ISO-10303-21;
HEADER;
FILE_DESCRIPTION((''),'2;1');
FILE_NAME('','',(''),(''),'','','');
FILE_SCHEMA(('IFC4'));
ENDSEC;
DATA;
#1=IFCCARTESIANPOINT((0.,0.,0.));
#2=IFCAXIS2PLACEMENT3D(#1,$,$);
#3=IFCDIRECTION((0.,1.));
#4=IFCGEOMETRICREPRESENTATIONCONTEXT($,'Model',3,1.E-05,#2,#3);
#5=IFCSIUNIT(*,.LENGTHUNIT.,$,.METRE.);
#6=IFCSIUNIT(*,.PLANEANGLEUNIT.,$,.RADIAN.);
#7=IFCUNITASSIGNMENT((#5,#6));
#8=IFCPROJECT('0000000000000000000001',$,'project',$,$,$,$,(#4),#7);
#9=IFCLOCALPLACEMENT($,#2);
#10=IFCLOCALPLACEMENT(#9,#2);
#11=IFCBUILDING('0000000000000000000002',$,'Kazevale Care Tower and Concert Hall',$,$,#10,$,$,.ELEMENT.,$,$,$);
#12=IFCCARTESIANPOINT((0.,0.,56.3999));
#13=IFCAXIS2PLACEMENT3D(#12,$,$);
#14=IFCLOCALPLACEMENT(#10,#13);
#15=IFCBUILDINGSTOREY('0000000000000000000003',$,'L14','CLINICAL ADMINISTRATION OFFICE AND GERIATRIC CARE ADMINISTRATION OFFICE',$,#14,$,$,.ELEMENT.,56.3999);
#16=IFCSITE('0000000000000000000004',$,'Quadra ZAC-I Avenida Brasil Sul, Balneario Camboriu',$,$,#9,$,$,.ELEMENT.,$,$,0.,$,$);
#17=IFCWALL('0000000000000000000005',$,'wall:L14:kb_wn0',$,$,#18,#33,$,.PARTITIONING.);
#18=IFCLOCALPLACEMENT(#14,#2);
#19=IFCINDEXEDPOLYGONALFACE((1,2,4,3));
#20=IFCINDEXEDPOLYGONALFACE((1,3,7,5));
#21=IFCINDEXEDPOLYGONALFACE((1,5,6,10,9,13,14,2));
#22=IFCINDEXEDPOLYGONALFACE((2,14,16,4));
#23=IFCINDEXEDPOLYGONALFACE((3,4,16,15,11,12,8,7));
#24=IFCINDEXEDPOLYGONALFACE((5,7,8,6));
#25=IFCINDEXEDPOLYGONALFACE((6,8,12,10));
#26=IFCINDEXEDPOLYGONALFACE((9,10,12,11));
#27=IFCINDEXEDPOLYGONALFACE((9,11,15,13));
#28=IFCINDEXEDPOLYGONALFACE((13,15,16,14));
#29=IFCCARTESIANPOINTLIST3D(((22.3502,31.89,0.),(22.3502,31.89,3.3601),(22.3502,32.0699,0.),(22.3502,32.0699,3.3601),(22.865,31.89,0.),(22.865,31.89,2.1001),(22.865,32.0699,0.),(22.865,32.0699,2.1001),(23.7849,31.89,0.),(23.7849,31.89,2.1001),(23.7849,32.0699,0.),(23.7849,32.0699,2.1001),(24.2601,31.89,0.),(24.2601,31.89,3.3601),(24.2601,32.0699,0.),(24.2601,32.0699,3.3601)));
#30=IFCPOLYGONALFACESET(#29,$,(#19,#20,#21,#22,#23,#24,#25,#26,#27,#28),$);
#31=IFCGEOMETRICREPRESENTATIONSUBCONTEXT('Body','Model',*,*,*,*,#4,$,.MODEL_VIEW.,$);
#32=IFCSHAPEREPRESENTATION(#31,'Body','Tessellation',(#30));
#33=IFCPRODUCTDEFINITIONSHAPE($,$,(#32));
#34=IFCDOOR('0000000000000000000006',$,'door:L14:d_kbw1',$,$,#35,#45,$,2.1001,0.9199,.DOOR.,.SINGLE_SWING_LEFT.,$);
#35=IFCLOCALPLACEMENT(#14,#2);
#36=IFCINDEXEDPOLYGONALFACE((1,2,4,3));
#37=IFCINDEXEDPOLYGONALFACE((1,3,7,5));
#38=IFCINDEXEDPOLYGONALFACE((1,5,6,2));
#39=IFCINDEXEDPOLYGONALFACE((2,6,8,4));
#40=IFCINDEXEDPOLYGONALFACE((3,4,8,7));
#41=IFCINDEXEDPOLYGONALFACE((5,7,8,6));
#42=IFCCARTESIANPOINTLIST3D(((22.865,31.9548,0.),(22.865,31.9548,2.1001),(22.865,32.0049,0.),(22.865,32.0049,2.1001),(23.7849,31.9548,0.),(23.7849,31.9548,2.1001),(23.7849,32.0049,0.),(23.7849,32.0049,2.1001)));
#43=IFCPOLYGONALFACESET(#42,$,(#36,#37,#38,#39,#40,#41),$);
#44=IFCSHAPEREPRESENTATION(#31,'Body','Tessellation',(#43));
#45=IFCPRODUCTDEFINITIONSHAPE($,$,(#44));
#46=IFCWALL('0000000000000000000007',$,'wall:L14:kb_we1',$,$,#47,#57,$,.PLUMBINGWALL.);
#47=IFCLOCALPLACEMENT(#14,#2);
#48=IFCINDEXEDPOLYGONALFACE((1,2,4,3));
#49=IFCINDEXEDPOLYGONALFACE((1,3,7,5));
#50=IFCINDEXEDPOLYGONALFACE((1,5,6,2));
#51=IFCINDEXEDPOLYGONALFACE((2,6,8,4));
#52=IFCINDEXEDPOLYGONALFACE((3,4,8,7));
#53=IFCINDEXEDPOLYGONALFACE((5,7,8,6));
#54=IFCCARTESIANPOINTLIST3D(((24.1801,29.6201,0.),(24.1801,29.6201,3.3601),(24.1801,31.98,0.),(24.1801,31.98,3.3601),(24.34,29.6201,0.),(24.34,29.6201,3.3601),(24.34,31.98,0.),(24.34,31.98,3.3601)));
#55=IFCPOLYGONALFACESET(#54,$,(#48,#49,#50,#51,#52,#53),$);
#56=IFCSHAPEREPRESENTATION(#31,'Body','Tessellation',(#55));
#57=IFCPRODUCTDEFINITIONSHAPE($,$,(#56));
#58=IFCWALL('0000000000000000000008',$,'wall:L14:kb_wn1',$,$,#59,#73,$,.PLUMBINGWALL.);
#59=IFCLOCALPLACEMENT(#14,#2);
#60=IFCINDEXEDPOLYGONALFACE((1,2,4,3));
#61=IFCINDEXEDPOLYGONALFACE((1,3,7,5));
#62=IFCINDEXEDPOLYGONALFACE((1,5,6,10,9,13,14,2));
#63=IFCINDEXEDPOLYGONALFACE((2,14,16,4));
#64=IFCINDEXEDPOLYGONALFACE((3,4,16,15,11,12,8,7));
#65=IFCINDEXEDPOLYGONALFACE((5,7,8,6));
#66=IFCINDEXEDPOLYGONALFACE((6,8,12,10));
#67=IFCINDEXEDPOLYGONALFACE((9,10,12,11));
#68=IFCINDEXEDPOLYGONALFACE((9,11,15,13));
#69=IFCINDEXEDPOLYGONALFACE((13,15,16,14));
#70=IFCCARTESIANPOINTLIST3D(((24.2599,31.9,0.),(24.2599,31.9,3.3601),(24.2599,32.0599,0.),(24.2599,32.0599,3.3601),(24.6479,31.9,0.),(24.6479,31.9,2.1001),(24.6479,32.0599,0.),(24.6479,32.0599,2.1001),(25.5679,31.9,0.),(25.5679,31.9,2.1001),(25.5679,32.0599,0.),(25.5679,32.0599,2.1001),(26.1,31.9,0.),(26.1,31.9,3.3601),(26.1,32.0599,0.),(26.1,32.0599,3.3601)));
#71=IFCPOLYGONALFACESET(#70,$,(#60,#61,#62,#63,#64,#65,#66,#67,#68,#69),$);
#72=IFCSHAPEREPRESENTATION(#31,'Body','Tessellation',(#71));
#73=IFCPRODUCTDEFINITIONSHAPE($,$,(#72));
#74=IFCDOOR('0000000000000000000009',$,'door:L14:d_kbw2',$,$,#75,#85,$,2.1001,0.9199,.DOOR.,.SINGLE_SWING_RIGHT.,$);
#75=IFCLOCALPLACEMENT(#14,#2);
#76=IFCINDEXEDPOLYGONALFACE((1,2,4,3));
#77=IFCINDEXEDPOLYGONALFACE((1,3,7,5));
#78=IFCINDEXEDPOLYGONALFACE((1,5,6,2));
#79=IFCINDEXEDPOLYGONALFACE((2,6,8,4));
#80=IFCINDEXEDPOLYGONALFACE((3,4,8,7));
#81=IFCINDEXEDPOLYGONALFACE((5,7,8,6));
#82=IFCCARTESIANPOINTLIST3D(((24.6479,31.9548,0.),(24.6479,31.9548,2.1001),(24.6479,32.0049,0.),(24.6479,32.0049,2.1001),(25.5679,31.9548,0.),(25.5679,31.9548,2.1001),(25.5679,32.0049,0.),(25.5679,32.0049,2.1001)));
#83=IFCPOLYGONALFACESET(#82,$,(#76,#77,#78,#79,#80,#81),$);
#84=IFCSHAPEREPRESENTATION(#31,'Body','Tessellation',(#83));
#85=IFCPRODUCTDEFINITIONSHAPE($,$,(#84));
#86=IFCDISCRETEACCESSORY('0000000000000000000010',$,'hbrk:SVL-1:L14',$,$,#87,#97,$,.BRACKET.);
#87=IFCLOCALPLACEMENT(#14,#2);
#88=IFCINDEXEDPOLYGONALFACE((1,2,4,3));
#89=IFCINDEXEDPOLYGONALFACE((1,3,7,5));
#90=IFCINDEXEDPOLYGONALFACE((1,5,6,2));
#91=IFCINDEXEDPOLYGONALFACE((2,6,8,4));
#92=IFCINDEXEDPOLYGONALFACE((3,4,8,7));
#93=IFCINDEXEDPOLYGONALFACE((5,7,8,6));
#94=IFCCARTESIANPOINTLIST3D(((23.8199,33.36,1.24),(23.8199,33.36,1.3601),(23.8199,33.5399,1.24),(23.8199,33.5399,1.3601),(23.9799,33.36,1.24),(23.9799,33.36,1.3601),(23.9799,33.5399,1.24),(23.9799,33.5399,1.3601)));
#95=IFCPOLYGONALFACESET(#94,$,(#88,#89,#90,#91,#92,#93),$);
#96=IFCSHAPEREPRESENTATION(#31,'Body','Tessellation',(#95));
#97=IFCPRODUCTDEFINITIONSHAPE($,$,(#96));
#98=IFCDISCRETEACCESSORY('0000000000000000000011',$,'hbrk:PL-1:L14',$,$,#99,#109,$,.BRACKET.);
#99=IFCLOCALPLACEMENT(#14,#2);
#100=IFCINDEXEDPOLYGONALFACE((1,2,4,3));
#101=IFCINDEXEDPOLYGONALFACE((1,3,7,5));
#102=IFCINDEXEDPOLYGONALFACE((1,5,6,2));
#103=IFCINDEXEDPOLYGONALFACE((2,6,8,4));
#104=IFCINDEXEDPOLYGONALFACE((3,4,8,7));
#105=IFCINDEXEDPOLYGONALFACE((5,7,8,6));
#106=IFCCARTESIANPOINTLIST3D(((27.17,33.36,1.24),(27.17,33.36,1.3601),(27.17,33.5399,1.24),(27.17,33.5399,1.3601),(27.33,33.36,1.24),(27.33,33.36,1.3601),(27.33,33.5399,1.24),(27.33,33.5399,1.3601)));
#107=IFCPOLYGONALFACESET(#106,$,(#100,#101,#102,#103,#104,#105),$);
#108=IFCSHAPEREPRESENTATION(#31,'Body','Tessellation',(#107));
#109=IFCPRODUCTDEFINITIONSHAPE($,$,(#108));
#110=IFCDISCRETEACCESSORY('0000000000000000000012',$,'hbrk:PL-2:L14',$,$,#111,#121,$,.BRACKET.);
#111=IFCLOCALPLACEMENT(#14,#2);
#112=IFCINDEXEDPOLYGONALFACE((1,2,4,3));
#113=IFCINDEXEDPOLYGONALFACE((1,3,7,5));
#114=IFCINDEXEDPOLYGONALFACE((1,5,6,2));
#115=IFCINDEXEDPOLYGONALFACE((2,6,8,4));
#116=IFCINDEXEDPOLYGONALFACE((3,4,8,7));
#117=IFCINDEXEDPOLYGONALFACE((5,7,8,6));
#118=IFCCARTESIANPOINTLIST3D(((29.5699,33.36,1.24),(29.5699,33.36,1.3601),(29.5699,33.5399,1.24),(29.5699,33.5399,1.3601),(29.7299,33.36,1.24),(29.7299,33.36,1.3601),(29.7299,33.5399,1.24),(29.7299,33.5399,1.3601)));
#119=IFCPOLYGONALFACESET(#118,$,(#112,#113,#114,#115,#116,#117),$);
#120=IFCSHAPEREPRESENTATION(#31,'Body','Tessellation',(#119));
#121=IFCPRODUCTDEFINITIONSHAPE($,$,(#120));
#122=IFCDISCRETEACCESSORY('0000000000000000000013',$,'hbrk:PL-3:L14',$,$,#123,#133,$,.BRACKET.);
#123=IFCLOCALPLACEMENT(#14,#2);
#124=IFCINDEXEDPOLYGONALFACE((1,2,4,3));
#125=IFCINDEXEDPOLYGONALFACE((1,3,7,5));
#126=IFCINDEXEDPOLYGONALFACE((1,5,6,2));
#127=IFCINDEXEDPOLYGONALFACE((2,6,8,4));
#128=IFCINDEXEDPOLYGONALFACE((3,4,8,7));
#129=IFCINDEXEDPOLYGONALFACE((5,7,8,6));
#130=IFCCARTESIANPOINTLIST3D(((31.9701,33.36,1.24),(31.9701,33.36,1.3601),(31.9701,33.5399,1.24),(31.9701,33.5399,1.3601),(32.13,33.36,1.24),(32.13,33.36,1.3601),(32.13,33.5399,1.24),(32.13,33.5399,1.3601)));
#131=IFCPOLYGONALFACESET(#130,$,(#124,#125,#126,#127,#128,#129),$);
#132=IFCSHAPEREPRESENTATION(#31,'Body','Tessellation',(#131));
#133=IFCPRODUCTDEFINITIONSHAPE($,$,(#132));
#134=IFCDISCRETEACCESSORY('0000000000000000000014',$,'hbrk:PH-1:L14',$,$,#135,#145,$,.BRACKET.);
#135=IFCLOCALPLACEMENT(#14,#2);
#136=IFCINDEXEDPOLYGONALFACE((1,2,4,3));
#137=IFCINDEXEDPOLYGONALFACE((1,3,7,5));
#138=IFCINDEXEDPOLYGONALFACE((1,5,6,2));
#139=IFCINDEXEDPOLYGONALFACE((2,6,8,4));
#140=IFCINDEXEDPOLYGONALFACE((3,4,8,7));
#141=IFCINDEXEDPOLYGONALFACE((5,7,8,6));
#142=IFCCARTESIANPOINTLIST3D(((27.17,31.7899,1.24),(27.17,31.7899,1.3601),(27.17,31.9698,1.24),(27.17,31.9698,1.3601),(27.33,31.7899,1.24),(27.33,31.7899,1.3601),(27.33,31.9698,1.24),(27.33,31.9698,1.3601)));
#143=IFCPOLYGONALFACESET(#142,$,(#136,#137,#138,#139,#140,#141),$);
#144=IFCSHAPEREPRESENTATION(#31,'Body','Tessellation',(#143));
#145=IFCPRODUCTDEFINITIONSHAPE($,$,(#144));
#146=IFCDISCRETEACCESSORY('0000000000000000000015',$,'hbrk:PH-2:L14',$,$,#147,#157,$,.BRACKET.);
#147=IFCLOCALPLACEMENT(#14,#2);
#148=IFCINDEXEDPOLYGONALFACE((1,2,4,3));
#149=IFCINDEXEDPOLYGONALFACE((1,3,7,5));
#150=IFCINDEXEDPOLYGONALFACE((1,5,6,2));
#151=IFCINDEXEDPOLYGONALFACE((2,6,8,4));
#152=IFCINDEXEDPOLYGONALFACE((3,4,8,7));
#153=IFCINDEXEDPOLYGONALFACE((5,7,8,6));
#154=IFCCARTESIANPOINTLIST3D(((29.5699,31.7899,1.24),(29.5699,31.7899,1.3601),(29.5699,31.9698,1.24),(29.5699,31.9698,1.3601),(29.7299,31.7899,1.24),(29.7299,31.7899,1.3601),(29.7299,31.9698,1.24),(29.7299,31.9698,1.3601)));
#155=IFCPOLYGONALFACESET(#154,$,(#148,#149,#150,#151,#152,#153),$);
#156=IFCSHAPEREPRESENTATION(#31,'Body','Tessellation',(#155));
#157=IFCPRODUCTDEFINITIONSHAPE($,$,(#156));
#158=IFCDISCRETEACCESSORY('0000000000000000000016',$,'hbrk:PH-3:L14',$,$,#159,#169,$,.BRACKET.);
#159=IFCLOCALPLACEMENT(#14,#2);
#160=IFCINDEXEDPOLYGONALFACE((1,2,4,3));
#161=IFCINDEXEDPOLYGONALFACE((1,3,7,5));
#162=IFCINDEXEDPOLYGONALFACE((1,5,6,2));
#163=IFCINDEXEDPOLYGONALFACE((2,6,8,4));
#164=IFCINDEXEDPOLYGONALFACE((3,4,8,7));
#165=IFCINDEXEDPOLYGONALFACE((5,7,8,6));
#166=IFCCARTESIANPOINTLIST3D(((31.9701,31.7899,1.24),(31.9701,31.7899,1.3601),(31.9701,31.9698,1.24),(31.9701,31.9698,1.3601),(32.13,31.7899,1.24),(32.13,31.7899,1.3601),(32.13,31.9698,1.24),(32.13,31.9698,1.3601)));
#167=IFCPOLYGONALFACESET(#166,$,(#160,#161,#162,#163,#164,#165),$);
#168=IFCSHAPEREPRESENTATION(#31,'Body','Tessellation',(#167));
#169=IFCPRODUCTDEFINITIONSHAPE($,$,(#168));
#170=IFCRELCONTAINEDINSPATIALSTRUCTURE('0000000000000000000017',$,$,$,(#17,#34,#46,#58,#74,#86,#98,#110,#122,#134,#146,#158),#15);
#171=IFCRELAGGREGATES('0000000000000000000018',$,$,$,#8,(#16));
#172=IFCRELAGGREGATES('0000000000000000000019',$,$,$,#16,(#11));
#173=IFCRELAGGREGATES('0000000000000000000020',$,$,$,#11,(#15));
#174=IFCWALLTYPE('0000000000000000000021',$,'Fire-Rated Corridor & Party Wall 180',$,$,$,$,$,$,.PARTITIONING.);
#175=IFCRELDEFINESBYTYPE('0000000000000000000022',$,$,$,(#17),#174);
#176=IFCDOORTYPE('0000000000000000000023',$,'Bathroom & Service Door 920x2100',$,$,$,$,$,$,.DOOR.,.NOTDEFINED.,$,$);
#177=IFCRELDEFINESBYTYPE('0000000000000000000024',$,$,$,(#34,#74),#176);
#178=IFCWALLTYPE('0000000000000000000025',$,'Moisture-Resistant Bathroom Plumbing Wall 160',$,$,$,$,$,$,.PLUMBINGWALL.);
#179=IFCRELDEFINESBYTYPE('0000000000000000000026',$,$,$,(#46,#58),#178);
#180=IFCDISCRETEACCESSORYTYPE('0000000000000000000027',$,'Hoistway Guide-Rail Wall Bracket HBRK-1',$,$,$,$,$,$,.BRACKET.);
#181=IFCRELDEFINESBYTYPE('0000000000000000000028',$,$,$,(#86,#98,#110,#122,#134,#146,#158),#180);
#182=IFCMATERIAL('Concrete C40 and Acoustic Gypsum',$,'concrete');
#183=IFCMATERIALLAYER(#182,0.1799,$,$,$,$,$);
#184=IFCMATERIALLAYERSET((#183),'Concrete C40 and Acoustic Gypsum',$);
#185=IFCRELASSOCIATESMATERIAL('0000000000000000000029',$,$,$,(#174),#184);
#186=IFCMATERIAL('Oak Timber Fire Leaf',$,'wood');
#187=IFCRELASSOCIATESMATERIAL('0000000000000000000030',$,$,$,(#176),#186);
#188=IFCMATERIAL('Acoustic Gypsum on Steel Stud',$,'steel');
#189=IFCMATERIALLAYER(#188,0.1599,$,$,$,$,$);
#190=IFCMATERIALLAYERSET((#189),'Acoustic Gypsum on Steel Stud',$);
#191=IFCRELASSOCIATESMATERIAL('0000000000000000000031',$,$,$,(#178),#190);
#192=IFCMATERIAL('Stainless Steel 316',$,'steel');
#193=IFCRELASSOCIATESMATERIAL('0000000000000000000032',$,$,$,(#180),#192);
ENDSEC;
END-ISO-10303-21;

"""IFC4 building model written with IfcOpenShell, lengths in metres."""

from ifc_helpers import new_model, si_unit, direction, frame, frame_2d, origin, origin_2d, place, context, subcontext, project, spatial, rectangle, extrude, material, layer, layer_set, type_object, element, fill, save


model = new_model("IFC4")

# Units and contexts
model_context = context("Model", 3, precision=1e-05, world=origin(), true_north=direction((0.0, 1.0)))
body_context = subcontext(model_context, "Body", "Model", "MODEL_VIEW")
ifc_project = project(units=[si_unit("LENGTHUNIT", "METRE"), si_unit("PLANEANGLEUNIT", "RADIAN")], contexts=[model_context])

# Site, building, storey
site_placement = place(None, origin())
site = spatial("IfcSite", under=ifc_project, at=site_placement, Name="Quadra ZAC-I Avenida Brasil Sul, Balneario Camboriu", CompositionType="ELEMENT", RefElevation=0.0)
building_placement = place(site_placement, origin())
building = spatial("IfcBuilding", under=site, at=building_placement, Name="Kazevale Care Tower and Concert Hall", CompositionType="ELEMENT")
storey_placement = place(building_placement, frame((0.0, 0.0, 56.3999)))
storey = spatial("IfcBuildingStorey", under=building, at=storey_placement, Name="L14", Description="CLINICAL ADMINISTRATION OFFICE AND GERIATRIC CARE ADMINISTRATION OFFICE", CompositionType="ELEMENT", Elevation=56.3999)

# Shared definitions
ifc_material_1 = material(Name="Stainless Steel 316", Category="steel")

# Wall, opening, door
ifc_material_2 = material(Name="Concrete C40 and Acoustic Gypsum", Category="concrete")
ifc_layer_1 = layer(ifc_material_2, 0.1799)
ifc_layer_set_1 = layer_set([ifc_layer_1], Name="Concrete C40 and Acoustic Gypsum")
wall_type_1 = type_object("IfcWallType", Name="Fire-Rated Corridor & Party Wall 180", PredefinedType="PARTITIONING", material=ifc_layer_set_1)
wall_1_placement = place(storey_placement, frame((22.3501, 31.98, 0.0), z_axis=(0.0, 0.0, 1.0), x_axis=(1.0, 0.0, 0.0)))
wall_1 = element("IfcWall", 1, at=wall_1_placement, inside=storey, type_object=wall_type_1, Name="wall:L14:kb_wn0", PredefinedType="PARTITIONING", context=body_context, shape_type="SweptSolid", body=[
    extrude(rectangle(XDim=1.9099, YDim=0.1799, at=frame_2d((0.9551, 0.0))), origin(), (0.0, 0.0, 1.0), 3.3601),
])
opening_1_placement = place(wall_1_placement, frame((0.5149, 0.0, 0.0)))
opening_1 = element("IfcOpeningElement", 2, at=opening_1_placement, cuts=wall_1, PredefinedType="OPENING", context=body_context, shape_type="SweptSolid", body=[
    extrude(rectangle(XDim=0.9199, YDim=2.1001, at=frame_2d((0.46, 1.05))), frame((0.0, 0.0999, 0.0), z_axis=(0.0, -1.0, 0.0), x_axis=(1.0, 0.0, 0.0)), (0.0, 0.0, 1.0), 0.2),
])
ifc_material_3 = material(Name="Oak Timber Fire Leaf", Category="wood")
door_type_1 = type_object("IfcDoorType", Name="Bathroom & Service Door 920x2100", OperationType="NOTDEFINED", PredefinedType="DOOR", material=ifc_material_3)
door_1_placement = place(opening_1_placement, origin())
door_1 = element("IfcDoor", 3, at=door_1_placement, inside=storey, type_object=door_type_1, Name="door:L14:d_kbw1", OperationType="SINGLE_SWING_LEFT", OverallHeight=2.1001, OverallWidth=0.9199, PredefinedType="DOOR", context=body_context, shape_type="SweptSolid", body=[
    extrude(rectangle(XDim=0.9199, YDim=2.1001, at=frame_2d((0.46, 1.05))), frame((0.0, 0.0249, 0.0), z_axis=(0.0, -1.0, 0.0), x_axis=(1.0, 0.0, 0.0)), (0.0, 0.0, 1.0), 0.05),
])
fill(opening_1, door_1)

# Wall
ifc_material_4 = material(Name="Acoustic Gypsum on Steel Stud", Category="steel")
ifc_layer_2 = layer(ifc_material_4, 0.1599)
ifc_layer_set_2 = layer_set([ifc_layer_2], Name="Acoustic Gypsum on Steel Stud")
wall_type_2 = type_object("IfcWallType", Name="Moisture-Resistant Bathroom Plumbing Wall 160", PredefinedType="PLUMBINGWALL", material=ifc_layer_set_2)
wall_2_placement = place(storey_placement, frame((24.26, 29.6201, 0.0), z_axis=(0.0, 0.0, 1.0), x_axis=(0.0, 1.0, 0.0)))
element("IfcWall", 4, at=wall_2_placement, inside=storey, type_object=wall_type_2, Name="wall:L14:kb_we1", PredefinedType="PLUMBINGWALL", context=body_context, shape_type="SweptSolid", body=[
    extrude(rectangle(XDim=2.3599, YDim=0.1599, at=frame_2d((1.1799, 0.0))), origin(), (0.0, 0.0, 1.0), 3.3601),
])

# Wall, opening, door
wall_3_placement = place(storey_placement, frame((24.26, 31.98, 0.0), z_axis=(0.0, 0.0, 1.0), x_axis=(1.0, 0.0, 0.0)))
wall_3 = element("IfcWall", 5, at=wall_3_placement, inside=storey, type_object=wall_type_2, Name="wall:L14:kb_wn1", PredefinedType="PLUMBINGWALL", context=body_context, shape_type="SweptSolid", body=[
    extrude(rectangle(XDim=1.8401, YDim=0.1599, at=frame_2d((0.9199, 0.0))), origin(), (0.0, 0.0, 1.0), 3.3601),
])
opening_2_placement = place(wall_3_placement, frame((0.3879, 0.0, 0.0)))
opening_2 = element("IfcOpeningElement", 6, at=opening_2_placement, cuts=wall_3, PredefinedType="OPENING", context=body_context, shape_type="SweptSolid", body=[
    extrude(rectangle(XDim=0.9199, YDim=2.1001, at=frame_2d((0.46, 1.05))), frame((0.0, 0.0898, 0.0), z_axis=(0.0, -1.0, 0.0), x_axis=(1.0, 0.0, 0.0)), (0.0, 0.0, 1.0), 0.1799),
])
door_2_placement = place(opening_2_placement, origin())
door_2 = element("IfcDoor", 7, at=door_2_placement, inside=storey, type_object=door_type_1, Name="door:L14:d_kbw2", OperationType="SINGLE_SWING_RIGHT", OverallHeight=2.1001, OverallWidth=0.9199, PredefinedType="DOOR", context=body_context, shape_type="SweptSolid", body=[
    extrude(rectangle(XDim=0.9199, YDim=2.1001, at=frame_2d((0.46, 1.05))), frame((0.0, 0.0249, 0.0), z_axis=(0.0, -1.0, 0.0), x_axis=(1.0, 0.0, 0.0)), (0.0, 0.0, 1.0), 0.05),
])
fill(opening_2, door_2)

# Discrete accessories
discrete_accessory_type = type_object("IfcDiscreteAccessoryType", Name="Hoistway Guide-Rail Wall Bracket HBRK-1", PredefinedType="BRACKET", material=ifc_material_1)
for number, where, z_axis, x_axis, name in (
    (8, (23.8999, 33.45, 1.24), (0.0, 0.0, 1.0), (1.0, 0.0, 0.0), "hbrk:SVL-1:L14"),
    (9, (27.25, 33.45, 1.24), (0.0, 0.0, 1.0), (1.0, 0.0, 0.0), "hbrk:PL-1:L14"),
    (10, (29.6499, 33.45, 1.24), (0.0, 0.0, 1.0), (1.0, 0.0, 0.0), "hbrk:PL-2:L14"),
    (11, (32.05, 33.45, 1.24), (0.0, 0.0, 1.0), (1.0, 0.0, 0.0), "hbrk:PL-3:L14"),
    (12, (27.25, 31.8799, 1.24), (0.0, 0.0, 1.0), (1.0, 0.0, 0.0), "hbrk:PH-1:L14"),
    (13, (29.6499, 31.8799, 1.24), (0.0, 0.0, 1.0), (1.0, 0.0, 0.0), "hbrk:PH-2:L14"),
    (14, (32.05, 31.8799, 1.24), (0.0, 0.0, 1.0), (1.0, 0.0, 0.0), "hbrk:PH-3:L14"),
):
    element("IfcDiscreteAccessory", number, at=place(storey_placement, frame(where, z_axis=z_axis, x_axis=x_axis)), inside=storey, type_object=discrete_accessory_type, Name=name, PredefinedType="BRACKET", context=body_context, shape_type="SweptSolid", body=[
        extrude(rectangle(XDim=0.1599, YDim=0.1799, at=origin_2d()), origin(), (0.0, 0.0, 1.0), 0.1201),
    ])

save(model, "model.ifc")
